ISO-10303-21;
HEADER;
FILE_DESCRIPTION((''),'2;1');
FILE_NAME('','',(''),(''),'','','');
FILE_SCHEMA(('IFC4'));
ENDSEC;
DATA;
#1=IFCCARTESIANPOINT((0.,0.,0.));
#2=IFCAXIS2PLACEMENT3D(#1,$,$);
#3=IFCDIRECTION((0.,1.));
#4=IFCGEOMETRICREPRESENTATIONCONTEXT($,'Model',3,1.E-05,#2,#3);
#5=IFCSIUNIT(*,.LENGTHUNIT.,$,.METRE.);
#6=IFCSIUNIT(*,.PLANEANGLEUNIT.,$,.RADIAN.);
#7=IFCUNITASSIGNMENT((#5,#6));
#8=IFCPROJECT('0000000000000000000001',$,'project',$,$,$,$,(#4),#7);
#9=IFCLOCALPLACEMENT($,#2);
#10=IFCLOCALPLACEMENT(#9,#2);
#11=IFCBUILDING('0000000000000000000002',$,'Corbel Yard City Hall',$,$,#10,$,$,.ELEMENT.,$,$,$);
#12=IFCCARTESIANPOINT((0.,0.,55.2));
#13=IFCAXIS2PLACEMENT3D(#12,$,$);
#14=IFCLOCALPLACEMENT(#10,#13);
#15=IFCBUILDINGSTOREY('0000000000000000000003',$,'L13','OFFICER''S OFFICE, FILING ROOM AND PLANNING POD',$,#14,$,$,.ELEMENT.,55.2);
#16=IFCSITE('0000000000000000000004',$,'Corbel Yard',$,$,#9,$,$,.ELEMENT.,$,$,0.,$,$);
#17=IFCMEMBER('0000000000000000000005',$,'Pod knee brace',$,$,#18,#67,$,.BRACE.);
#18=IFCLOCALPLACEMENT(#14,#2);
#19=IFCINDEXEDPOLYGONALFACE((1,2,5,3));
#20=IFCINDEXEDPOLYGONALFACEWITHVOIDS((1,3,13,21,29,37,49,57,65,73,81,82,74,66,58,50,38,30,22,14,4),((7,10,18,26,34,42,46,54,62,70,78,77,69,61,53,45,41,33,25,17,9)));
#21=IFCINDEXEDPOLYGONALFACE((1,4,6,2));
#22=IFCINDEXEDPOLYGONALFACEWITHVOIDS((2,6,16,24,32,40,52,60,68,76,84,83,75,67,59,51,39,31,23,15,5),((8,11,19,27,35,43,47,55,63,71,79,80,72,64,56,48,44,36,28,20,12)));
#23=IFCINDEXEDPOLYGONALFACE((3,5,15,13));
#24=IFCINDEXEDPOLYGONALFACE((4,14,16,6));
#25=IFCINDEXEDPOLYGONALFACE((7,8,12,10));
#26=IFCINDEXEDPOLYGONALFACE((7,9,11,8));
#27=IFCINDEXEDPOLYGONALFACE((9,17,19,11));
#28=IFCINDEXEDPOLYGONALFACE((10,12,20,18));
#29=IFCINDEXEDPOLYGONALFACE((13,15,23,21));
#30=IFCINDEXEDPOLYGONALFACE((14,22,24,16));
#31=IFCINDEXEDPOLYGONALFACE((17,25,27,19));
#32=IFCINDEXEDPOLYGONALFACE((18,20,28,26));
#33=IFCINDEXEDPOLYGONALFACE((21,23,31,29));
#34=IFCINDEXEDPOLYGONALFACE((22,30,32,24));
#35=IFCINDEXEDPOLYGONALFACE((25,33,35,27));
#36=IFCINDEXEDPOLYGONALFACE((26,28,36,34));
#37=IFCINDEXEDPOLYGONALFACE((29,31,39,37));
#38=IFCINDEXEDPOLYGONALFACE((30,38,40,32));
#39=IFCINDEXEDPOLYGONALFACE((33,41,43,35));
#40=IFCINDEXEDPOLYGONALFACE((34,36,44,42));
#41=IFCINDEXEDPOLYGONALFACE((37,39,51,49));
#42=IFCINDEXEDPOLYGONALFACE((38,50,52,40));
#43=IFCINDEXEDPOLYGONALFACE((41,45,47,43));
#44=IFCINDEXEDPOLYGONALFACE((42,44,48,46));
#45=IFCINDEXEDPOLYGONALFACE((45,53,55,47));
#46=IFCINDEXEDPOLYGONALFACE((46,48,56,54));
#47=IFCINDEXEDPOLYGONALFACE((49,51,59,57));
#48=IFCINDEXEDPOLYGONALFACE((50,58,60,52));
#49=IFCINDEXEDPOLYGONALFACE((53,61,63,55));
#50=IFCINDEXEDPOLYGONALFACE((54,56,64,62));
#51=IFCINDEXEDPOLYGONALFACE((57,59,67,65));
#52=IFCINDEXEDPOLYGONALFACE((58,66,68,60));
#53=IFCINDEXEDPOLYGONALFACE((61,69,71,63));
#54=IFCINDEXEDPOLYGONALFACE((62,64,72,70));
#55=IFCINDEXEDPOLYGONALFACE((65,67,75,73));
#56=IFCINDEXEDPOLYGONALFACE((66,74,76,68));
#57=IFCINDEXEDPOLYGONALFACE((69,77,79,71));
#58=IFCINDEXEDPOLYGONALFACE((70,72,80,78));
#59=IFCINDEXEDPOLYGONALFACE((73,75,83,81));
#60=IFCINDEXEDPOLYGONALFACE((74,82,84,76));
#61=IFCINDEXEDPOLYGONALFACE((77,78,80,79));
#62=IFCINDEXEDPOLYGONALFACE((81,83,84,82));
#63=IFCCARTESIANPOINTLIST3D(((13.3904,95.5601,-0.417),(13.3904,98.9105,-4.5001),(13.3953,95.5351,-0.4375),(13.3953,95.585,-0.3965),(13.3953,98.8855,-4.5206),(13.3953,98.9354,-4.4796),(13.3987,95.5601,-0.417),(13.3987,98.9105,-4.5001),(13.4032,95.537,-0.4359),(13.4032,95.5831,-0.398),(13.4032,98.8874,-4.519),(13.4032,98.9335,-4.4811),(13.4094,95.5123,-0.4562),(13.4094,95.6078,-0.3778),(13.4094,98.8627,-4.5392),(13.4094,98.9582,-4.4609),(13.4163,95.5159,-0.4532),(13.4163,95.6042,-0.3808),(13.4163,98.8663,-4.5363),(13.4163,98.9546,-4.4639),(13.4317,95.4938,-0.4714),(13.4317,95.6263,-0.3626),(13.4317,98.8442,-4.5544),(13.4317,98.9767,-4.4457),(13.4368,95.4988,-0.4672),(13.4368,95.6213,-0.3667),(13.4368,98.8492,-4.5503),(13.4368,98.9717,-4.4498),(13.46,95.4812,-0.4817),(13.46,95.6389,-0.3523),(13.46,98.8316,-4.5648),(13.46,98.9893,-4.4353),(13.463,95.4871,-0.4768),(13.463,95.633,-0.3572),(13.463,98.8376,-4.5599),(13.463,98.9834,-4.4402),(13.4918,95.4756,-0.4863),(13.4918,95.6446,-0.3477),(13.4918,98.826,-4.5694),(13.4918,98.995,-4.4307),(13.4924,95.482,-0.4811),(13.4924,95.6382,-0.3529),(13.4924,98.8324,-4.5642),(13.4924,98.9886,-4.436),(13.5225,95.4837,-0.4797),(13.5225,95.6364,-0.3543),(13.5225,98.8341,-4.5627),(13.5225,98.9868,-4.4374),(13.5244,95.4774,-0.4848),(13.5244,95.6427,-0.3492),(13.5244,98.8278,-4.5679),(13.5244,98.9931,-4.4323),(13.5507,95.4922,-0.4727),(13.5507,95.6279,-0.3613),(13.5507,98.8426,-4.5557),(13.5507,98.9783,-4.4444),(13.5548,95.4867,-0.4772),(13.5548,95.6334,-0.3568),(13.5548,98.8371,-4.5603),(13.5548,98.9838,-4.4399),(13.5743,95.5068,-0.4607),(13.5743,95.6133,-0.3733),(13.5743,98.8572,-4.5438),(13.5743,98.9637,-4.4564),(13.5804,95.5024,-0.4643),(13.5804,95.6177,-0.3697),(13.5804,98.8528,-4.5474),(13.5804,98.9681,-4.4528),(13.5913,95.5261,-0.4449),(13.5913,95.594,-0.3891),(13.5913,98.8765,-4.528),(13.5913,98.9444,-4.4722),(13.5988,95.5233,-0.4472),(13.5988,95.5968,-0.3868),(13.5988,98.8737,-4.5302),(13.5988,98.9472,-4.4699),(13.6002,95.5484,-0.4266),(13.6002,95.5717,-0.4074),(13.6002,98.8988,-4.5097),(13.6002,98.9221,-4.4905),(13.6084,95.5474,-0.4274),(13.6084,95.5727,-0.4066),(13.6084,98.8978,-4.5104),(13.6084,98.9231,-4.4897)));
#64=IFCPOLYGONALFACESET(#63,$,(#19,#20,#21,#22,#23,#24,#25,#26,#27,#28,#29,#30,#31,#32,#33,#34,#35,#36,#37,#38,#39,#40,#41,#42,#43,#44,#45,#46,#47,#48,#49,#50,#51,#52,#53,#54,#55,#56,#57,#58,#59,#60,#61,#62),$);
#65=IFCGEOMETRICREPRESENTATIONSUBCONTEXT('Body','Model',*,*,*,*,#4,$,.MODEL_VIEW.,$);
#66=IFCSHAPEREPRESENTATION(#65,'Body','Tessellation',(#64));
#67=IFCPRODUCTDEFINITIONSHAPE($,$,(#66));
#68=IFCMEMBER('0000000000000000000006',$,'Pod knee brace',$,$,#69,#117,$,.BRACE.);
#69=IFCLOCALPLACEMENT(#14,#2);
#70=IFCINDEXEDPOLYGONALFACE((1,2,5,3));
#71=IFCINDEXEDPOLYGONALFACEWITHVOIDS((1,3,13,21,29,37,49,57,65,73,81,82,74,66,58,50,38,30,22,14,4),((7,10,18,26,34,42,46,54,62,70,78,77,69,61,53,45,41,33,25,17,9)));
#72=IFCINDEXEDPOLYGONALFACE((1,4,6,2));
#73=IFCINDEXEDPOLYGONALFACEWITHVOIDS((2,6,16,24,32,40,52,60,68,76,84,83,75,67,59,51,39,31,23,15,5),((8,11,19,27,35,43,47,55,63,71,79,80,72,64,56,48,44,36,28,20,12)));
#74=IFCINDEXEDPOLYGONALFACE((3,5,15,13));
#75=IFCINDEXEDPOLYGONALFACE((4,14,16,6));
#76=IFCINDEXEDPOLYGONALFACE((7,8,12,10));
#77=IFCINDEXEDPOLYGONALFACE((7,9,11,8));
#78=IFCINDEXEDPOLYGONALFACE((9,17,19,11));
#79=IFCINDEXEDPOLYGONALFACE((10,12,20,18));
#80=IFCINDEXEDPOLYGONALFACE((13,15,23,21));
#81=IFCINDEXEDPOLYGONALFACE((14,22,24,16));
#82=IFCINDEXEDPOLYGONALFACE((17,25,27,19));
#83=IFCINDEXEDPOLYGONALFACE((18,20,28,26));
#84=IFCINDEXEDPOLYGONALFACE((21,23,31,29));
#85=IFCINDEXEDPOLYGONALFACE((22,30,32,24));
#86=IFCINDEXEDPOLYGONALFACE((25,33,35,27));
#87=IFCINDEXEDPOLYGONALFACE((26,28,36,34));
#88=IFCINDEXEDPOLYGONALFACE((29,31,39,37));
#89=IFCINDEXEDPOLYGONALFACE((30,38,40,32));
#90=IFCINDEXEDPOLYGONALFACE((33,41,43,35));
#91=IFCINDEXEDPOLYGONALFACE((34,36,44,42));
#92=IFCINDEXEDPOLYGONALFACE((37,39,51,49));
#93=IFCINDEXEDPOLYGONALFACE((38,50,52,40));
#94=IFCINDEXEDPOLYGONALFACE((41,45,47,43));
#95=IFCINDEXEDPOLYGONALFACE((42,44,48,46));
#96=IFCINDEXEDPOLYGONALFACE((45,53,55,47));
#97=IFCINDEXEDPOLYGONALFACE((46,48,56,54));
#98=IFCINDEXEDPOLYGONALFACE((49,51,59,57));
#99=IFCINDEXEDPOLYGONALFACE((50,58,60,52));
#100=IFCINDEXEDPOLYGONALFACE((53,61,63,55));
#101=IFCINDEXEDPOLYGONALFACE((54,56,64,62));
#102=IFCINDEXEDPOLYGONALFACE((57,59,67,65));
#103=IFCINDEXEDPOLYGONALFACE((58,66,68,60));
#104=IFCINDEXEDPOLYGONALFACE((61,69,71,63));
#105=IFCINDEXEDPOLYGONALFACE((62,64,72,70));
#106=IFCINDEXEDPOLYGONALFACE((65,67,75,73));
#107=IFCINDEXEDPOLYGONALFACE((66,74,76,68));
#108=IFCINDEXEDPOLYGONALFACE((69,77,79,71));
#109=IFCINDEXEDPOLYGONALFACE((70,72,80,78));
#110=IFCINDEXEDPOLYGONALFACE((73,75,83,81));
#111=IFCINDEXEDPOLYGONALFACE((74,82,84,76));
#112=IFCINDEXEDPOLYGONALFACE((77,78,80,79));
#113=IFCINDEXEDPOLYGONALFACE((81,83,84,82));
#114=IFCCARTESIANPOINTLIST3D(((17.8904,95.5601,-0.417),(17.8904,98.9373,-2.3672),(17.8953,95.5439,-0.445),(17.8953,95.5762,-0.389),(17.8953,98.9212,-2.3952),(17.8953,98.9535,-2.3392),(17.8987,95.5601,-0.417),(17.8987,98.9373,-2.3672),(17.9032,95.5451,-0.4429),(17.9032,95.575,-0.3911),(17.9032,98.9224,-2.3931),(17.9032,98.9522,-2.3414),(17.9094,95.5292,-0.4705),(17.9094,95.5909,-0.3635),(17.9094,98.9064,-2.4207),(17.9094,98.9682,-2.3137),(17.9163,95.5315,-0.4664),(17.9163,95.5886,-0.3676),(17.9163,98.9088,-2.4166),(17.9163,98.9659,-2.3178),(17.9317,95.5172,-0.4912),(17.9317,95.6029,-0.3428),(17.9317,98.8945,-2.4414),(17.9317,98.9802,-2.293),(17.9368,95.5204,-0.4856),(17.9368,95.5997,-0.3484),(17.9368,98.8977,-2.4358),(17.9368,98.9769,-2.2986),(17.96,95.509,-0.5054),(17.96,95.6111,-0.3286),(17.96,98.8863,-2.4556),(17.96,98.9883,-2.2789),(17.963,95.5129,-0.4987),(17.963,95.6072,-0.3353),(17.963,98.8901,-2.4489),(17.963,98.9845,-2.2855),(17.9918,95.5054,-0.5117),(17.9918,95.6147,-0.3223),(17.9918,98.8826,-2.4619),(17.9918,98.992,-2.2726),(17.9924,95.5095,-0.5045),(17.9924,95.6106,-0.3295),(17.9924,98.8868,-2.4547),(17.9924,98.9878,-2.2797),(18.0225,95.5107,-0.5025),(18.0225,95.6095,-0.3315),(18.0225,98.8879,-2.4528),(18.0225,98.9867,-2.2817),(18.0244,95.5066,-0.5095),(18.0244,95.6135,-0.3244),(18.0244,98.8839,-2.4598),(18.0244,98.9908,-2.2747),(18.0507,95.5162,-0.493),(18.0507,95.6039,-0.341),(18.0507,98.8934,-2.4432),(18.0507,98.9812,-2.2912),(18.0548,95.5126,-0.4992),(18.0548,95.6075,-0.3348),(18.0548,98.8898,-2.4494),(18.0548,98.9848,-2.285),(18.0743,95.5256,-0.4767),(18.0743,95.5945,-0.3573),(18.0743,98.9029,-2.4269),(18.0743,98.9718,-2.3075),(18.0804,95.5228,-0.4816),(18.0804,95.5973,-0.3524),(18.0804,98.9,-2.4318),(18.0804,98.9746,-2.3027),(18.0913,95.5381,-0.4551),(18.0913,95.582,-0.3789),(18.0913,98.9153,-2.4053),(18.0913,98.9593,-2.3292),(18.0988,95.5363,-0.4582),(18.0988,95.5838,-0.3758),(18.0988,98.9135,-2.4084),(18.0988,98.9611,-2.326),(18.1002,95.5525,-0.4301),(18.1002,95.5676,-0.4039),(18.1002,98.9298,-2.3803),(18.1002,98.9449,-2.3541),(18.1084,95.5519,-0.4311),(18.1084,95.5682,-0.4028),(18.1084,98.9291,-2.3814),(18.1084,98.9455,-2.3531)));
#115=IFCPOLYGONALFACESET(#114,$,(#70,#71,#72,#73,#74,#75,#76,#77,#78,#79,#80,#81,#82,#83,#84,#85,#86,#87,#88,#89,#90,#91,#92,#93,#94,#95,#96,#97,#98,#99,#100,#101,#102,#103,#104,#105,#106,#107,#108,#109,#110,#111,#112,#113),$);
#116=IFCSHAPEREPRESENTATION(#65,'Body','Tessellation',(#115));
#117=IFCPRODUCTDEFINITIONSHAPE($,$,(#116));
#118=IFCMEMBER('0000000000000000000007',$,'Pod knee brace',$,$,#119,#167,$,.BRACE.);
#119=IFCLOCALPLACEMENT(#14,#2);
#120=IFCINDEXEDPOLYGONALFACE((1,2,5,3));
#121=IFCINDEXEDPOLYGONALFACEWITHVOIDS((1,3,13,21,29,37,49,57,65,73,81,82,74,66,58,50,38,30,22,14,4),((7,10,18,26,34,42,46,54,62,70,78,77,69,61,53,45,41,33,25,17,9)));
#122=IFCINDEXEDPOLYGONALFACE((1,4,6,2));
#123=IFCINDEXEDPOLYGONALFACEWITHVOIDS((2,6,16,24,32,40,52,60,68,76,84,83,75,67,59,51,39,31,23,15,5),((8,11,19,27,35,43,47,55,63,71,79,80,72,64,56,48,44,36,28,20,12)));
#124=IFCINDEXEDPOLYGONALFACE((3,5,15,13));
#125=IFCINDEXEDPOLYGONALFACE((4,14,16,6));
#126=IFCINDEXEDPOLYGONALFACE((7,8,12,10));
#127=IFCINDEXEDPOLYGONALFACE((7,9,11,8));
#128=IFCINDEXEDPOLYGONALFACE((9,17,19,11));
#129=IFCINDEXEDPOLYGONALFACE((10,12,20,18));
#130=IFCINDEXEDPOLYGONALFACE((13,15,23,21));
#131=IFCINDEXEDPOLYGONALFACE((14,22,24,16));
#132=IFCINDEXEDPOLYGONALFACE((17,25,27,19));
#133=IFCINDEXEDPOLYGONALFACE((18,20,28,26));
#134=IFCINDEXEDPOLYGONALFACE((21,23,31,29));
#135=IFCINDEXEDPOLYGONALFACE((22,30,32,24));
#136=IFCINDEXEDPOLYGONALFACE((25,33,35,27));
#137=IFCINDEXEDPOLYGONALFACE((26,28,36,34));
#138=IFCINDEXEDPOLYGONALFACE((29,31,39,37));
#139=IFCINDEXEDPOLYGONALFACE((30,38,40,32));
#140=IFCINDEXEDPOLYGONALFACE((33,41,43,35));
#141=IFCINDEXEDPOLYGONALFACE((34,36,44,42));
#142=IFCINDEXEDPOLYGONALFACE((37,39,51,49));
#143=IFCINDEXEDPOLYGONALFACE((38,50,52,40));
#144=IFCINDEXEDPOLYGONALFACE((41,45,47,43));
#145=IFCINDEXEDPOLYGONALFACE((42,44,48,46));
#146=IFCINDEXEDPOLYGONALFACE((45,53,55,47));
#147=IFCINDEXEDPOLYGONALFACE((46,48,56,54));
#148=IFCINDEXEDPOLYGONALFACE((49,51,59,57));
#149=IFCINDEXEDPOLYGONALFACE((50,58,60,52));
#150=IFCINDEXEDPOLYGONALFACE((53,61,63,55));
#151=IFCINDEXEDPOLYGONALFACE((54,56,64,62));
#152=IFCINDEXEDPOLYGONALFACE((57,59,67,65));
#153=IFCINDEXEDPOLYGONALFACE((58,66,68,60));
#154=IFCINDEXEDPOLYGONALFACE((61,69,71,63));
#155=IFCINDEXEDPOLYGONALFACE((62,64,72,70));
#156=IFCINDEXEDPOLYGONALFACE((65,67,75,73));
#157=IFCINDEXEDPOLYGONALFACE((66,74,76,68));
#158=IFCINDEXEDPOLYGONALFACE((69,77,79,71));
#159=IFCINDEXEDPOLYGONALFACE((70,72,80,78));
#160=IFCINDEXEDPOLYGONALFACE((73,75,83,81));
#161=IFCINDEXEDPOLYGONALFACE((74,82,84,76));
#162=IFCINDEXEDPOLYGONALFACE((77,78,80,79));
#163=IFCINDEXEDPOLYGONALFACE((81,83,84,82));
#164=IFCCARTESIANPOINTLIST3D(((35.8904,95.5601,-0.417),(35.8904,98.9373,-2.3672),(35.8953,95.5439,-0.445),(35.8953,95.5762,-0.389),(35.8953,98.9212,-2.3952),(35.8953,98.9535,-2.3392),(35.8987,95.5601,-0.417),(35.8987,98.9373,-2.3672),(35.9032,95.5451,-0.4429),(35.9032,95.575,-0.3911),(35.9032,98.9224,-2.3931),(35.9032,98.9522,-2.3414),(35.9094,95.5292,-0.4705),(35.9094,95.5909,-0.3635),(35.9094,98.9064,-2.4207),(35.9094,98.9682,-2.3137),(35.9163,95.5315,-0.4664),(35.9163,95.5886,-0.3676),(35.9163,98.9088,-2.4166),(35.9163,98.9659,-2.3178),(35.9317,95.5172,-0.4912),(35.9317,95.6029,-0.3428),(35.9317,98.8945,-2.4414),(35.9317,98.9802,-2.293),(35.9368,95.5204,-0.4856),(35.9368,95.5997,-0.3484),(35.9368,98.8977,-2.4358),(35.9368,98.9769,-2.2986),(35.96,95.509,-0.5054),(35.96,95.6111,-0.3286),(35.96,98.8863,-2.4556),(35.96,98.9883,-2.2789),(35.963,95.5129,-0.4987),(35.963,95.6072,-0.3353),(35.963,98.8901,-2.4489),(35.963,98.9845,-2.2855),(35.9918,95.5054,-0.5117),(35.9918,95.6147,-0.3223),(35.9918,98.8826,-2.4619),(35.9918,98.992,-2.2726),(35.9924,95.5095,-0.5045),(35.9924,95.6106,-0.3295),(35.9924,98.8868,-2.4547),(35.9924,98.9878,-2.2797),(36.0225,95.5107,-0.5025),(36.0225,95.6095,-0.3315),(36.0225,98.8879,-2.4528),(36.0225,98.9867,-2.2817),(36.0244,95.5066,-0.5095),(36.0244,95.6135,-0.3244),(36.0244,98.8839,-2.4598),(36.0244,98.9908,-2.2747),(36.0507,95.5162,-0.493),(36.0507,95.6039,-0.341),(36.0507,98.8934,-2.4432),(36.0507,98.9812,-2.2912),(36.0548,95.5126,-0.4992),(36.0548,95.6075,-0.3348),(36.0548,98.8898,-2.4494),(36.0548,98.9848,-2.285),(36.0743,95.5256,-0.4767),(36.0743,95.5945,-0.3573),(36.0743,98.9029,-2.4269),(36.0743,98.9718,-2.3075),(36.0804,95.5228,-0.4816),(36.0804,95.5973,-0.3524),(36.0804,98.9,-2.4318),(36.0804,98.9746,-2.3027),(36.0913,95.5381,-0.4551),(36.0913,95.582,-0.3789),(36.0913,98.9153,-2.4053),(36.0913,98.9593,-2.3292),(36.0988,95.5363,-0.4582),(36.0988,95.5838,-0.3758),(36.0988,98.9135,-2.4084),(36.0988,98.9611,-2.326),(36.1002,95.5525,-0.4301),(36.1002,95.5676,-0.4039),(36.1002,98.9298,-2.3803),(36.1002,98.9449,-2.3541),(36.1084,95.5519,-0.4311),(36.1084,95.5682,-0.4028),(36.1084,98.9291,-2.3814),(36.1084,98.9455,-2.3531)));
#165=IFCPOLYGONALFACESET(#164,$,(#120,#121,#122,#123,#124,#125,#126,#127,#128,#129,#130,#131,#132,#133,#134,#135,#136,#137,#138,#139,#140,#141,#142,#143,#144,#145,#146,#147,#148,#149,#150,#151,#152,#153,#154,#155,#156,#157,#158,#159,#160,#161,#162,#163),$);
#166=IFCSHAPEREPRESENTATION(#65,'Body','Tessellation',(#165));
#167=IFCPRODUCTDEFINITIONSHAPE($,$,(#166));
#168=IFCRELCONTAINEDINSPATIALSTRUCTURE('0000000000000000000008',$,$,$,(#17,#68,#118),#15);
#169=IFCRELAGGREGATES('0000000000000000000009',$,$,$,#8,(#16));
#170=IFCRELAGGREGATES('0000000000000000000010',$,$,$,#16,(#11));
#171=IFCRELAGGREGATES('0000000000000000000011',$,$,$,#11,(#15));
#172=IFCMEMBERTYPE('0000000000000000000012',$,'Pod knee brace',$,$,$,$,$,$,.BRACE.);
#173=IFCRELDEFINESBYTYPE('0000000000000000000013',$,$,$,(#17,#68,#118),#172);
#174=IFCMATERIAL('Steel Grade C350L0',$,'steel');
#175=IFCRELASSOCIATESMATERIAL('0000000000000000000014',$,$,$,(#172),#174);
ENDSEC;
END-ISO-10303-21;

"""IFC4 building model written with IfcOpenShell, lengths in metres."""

from ifc_helpers import new_model, si_unit, direction, frame, origin, origin_2d, place, context, subcontext, project, spatial, hollow_circle, extrude, material, material_profile, profile_set, type_object, element, save


model = new_model("IFC4")

# Units and contexts
model_context = context("Model", 3, precision=1e-05, world=origin(), true_north=direction((0.0, 1.0)))
body_context = subcontext(model_context, "Body", "Model", "MODEL_VIEW")
ifc_project = project(units=[si_unit("LENGTHUNIT", "METRE"), si_unit("PLANEANGLEUNIT", "RADIAN")], contexts=[model_context])

# Site, building, storey
site_placement = place(None, origin())
site = spatial("IfcSite", under=ifc_project, at=site_placement, Name="Corbel Yard", CompositionType="ELEMENT", RefElevation=0.0)
building_placement = place(site_placement, origin())
building = spatial("IfcBuilding", under=site, at=building_placement, Name="Corbel Yard City Hall", CompositionType="ELEMENT")
storey_placement = place(building_placement, frame((0.0, 0.0, 55.2)))
storey = spatial("IfcBuildingStorey", under=building, at=storey_placement, Name="L13", Description="OFFICER'S OFFICE, FILING ROOM AND PLANNING POD", CompositionType="ELEMENT", Elevation=55.2)

# Members
ifc_material_1 = material(Name="Steel Grade C350L0", Category="steel")
ifc_material_profile_1 = material_profile(ifc_material_1, hollow_circle(Radius=0.1096, WallThickness=0.0083, at=origin_2d()), Name="219.1x8.2CHS")
ifc_profile_set_1 = profile_set([ifc_material_profile_1], Name="Steel Grade C350L0")
member_type = type_object("IfcMemberType", Name="Pod knee brace", PredefinedType="BRACE", material=ifc_profile_set_1)
member_1_placement = place(storey_placement, frame((13.5, 95.5601, -0.417), z_axis=(0.0, 0.634337, -0.773057), x_axis=(-1.0, 0.0, 0.0)))
element("IfcMember", 1, at=member_1_placement, inside=storey, type_object=member_type, Name="Pod knee brace", PredefinedType="BRACE", context=body_context, shape_type="SweptSolid", body=[
    extrude(hollow_circle(Radius=0.1096, WallThickness=0.0083, at=origin_2d()), origin(), (0.0, 0.0, 1.0), 5.2817),
])
for number, where, z_axis, x_axis, name in (
    (2, (18.0, 95.5601, -0.417), (0.0, 0.865984, -0.500071), (-1.0, 0.0, 0.0), "Pod knee brace"),
    (3, (36.0, 95.5601, -0.417), (0.0, 0.865984, -0.500071), (-1.0, 0.0, 0.0), "Pod knee brace"),
):
    element("IfcMember", number, at=place(storey_placement, frame(where, z_axis=z_axis, x_axis=x_axis)), inside=storey, type_object=member_type, Name=name, PredefinedType="BRACE", context=body_context, shape_type="SweptSolid", body=[
        extrude(hollow_circle(Radius=0.1096, WallThickness=0.0083, at=origin_2d()), origin(), (0.0, 0.0, 1.0), 3.8999),
    ])

save(model, "model.ifc")
